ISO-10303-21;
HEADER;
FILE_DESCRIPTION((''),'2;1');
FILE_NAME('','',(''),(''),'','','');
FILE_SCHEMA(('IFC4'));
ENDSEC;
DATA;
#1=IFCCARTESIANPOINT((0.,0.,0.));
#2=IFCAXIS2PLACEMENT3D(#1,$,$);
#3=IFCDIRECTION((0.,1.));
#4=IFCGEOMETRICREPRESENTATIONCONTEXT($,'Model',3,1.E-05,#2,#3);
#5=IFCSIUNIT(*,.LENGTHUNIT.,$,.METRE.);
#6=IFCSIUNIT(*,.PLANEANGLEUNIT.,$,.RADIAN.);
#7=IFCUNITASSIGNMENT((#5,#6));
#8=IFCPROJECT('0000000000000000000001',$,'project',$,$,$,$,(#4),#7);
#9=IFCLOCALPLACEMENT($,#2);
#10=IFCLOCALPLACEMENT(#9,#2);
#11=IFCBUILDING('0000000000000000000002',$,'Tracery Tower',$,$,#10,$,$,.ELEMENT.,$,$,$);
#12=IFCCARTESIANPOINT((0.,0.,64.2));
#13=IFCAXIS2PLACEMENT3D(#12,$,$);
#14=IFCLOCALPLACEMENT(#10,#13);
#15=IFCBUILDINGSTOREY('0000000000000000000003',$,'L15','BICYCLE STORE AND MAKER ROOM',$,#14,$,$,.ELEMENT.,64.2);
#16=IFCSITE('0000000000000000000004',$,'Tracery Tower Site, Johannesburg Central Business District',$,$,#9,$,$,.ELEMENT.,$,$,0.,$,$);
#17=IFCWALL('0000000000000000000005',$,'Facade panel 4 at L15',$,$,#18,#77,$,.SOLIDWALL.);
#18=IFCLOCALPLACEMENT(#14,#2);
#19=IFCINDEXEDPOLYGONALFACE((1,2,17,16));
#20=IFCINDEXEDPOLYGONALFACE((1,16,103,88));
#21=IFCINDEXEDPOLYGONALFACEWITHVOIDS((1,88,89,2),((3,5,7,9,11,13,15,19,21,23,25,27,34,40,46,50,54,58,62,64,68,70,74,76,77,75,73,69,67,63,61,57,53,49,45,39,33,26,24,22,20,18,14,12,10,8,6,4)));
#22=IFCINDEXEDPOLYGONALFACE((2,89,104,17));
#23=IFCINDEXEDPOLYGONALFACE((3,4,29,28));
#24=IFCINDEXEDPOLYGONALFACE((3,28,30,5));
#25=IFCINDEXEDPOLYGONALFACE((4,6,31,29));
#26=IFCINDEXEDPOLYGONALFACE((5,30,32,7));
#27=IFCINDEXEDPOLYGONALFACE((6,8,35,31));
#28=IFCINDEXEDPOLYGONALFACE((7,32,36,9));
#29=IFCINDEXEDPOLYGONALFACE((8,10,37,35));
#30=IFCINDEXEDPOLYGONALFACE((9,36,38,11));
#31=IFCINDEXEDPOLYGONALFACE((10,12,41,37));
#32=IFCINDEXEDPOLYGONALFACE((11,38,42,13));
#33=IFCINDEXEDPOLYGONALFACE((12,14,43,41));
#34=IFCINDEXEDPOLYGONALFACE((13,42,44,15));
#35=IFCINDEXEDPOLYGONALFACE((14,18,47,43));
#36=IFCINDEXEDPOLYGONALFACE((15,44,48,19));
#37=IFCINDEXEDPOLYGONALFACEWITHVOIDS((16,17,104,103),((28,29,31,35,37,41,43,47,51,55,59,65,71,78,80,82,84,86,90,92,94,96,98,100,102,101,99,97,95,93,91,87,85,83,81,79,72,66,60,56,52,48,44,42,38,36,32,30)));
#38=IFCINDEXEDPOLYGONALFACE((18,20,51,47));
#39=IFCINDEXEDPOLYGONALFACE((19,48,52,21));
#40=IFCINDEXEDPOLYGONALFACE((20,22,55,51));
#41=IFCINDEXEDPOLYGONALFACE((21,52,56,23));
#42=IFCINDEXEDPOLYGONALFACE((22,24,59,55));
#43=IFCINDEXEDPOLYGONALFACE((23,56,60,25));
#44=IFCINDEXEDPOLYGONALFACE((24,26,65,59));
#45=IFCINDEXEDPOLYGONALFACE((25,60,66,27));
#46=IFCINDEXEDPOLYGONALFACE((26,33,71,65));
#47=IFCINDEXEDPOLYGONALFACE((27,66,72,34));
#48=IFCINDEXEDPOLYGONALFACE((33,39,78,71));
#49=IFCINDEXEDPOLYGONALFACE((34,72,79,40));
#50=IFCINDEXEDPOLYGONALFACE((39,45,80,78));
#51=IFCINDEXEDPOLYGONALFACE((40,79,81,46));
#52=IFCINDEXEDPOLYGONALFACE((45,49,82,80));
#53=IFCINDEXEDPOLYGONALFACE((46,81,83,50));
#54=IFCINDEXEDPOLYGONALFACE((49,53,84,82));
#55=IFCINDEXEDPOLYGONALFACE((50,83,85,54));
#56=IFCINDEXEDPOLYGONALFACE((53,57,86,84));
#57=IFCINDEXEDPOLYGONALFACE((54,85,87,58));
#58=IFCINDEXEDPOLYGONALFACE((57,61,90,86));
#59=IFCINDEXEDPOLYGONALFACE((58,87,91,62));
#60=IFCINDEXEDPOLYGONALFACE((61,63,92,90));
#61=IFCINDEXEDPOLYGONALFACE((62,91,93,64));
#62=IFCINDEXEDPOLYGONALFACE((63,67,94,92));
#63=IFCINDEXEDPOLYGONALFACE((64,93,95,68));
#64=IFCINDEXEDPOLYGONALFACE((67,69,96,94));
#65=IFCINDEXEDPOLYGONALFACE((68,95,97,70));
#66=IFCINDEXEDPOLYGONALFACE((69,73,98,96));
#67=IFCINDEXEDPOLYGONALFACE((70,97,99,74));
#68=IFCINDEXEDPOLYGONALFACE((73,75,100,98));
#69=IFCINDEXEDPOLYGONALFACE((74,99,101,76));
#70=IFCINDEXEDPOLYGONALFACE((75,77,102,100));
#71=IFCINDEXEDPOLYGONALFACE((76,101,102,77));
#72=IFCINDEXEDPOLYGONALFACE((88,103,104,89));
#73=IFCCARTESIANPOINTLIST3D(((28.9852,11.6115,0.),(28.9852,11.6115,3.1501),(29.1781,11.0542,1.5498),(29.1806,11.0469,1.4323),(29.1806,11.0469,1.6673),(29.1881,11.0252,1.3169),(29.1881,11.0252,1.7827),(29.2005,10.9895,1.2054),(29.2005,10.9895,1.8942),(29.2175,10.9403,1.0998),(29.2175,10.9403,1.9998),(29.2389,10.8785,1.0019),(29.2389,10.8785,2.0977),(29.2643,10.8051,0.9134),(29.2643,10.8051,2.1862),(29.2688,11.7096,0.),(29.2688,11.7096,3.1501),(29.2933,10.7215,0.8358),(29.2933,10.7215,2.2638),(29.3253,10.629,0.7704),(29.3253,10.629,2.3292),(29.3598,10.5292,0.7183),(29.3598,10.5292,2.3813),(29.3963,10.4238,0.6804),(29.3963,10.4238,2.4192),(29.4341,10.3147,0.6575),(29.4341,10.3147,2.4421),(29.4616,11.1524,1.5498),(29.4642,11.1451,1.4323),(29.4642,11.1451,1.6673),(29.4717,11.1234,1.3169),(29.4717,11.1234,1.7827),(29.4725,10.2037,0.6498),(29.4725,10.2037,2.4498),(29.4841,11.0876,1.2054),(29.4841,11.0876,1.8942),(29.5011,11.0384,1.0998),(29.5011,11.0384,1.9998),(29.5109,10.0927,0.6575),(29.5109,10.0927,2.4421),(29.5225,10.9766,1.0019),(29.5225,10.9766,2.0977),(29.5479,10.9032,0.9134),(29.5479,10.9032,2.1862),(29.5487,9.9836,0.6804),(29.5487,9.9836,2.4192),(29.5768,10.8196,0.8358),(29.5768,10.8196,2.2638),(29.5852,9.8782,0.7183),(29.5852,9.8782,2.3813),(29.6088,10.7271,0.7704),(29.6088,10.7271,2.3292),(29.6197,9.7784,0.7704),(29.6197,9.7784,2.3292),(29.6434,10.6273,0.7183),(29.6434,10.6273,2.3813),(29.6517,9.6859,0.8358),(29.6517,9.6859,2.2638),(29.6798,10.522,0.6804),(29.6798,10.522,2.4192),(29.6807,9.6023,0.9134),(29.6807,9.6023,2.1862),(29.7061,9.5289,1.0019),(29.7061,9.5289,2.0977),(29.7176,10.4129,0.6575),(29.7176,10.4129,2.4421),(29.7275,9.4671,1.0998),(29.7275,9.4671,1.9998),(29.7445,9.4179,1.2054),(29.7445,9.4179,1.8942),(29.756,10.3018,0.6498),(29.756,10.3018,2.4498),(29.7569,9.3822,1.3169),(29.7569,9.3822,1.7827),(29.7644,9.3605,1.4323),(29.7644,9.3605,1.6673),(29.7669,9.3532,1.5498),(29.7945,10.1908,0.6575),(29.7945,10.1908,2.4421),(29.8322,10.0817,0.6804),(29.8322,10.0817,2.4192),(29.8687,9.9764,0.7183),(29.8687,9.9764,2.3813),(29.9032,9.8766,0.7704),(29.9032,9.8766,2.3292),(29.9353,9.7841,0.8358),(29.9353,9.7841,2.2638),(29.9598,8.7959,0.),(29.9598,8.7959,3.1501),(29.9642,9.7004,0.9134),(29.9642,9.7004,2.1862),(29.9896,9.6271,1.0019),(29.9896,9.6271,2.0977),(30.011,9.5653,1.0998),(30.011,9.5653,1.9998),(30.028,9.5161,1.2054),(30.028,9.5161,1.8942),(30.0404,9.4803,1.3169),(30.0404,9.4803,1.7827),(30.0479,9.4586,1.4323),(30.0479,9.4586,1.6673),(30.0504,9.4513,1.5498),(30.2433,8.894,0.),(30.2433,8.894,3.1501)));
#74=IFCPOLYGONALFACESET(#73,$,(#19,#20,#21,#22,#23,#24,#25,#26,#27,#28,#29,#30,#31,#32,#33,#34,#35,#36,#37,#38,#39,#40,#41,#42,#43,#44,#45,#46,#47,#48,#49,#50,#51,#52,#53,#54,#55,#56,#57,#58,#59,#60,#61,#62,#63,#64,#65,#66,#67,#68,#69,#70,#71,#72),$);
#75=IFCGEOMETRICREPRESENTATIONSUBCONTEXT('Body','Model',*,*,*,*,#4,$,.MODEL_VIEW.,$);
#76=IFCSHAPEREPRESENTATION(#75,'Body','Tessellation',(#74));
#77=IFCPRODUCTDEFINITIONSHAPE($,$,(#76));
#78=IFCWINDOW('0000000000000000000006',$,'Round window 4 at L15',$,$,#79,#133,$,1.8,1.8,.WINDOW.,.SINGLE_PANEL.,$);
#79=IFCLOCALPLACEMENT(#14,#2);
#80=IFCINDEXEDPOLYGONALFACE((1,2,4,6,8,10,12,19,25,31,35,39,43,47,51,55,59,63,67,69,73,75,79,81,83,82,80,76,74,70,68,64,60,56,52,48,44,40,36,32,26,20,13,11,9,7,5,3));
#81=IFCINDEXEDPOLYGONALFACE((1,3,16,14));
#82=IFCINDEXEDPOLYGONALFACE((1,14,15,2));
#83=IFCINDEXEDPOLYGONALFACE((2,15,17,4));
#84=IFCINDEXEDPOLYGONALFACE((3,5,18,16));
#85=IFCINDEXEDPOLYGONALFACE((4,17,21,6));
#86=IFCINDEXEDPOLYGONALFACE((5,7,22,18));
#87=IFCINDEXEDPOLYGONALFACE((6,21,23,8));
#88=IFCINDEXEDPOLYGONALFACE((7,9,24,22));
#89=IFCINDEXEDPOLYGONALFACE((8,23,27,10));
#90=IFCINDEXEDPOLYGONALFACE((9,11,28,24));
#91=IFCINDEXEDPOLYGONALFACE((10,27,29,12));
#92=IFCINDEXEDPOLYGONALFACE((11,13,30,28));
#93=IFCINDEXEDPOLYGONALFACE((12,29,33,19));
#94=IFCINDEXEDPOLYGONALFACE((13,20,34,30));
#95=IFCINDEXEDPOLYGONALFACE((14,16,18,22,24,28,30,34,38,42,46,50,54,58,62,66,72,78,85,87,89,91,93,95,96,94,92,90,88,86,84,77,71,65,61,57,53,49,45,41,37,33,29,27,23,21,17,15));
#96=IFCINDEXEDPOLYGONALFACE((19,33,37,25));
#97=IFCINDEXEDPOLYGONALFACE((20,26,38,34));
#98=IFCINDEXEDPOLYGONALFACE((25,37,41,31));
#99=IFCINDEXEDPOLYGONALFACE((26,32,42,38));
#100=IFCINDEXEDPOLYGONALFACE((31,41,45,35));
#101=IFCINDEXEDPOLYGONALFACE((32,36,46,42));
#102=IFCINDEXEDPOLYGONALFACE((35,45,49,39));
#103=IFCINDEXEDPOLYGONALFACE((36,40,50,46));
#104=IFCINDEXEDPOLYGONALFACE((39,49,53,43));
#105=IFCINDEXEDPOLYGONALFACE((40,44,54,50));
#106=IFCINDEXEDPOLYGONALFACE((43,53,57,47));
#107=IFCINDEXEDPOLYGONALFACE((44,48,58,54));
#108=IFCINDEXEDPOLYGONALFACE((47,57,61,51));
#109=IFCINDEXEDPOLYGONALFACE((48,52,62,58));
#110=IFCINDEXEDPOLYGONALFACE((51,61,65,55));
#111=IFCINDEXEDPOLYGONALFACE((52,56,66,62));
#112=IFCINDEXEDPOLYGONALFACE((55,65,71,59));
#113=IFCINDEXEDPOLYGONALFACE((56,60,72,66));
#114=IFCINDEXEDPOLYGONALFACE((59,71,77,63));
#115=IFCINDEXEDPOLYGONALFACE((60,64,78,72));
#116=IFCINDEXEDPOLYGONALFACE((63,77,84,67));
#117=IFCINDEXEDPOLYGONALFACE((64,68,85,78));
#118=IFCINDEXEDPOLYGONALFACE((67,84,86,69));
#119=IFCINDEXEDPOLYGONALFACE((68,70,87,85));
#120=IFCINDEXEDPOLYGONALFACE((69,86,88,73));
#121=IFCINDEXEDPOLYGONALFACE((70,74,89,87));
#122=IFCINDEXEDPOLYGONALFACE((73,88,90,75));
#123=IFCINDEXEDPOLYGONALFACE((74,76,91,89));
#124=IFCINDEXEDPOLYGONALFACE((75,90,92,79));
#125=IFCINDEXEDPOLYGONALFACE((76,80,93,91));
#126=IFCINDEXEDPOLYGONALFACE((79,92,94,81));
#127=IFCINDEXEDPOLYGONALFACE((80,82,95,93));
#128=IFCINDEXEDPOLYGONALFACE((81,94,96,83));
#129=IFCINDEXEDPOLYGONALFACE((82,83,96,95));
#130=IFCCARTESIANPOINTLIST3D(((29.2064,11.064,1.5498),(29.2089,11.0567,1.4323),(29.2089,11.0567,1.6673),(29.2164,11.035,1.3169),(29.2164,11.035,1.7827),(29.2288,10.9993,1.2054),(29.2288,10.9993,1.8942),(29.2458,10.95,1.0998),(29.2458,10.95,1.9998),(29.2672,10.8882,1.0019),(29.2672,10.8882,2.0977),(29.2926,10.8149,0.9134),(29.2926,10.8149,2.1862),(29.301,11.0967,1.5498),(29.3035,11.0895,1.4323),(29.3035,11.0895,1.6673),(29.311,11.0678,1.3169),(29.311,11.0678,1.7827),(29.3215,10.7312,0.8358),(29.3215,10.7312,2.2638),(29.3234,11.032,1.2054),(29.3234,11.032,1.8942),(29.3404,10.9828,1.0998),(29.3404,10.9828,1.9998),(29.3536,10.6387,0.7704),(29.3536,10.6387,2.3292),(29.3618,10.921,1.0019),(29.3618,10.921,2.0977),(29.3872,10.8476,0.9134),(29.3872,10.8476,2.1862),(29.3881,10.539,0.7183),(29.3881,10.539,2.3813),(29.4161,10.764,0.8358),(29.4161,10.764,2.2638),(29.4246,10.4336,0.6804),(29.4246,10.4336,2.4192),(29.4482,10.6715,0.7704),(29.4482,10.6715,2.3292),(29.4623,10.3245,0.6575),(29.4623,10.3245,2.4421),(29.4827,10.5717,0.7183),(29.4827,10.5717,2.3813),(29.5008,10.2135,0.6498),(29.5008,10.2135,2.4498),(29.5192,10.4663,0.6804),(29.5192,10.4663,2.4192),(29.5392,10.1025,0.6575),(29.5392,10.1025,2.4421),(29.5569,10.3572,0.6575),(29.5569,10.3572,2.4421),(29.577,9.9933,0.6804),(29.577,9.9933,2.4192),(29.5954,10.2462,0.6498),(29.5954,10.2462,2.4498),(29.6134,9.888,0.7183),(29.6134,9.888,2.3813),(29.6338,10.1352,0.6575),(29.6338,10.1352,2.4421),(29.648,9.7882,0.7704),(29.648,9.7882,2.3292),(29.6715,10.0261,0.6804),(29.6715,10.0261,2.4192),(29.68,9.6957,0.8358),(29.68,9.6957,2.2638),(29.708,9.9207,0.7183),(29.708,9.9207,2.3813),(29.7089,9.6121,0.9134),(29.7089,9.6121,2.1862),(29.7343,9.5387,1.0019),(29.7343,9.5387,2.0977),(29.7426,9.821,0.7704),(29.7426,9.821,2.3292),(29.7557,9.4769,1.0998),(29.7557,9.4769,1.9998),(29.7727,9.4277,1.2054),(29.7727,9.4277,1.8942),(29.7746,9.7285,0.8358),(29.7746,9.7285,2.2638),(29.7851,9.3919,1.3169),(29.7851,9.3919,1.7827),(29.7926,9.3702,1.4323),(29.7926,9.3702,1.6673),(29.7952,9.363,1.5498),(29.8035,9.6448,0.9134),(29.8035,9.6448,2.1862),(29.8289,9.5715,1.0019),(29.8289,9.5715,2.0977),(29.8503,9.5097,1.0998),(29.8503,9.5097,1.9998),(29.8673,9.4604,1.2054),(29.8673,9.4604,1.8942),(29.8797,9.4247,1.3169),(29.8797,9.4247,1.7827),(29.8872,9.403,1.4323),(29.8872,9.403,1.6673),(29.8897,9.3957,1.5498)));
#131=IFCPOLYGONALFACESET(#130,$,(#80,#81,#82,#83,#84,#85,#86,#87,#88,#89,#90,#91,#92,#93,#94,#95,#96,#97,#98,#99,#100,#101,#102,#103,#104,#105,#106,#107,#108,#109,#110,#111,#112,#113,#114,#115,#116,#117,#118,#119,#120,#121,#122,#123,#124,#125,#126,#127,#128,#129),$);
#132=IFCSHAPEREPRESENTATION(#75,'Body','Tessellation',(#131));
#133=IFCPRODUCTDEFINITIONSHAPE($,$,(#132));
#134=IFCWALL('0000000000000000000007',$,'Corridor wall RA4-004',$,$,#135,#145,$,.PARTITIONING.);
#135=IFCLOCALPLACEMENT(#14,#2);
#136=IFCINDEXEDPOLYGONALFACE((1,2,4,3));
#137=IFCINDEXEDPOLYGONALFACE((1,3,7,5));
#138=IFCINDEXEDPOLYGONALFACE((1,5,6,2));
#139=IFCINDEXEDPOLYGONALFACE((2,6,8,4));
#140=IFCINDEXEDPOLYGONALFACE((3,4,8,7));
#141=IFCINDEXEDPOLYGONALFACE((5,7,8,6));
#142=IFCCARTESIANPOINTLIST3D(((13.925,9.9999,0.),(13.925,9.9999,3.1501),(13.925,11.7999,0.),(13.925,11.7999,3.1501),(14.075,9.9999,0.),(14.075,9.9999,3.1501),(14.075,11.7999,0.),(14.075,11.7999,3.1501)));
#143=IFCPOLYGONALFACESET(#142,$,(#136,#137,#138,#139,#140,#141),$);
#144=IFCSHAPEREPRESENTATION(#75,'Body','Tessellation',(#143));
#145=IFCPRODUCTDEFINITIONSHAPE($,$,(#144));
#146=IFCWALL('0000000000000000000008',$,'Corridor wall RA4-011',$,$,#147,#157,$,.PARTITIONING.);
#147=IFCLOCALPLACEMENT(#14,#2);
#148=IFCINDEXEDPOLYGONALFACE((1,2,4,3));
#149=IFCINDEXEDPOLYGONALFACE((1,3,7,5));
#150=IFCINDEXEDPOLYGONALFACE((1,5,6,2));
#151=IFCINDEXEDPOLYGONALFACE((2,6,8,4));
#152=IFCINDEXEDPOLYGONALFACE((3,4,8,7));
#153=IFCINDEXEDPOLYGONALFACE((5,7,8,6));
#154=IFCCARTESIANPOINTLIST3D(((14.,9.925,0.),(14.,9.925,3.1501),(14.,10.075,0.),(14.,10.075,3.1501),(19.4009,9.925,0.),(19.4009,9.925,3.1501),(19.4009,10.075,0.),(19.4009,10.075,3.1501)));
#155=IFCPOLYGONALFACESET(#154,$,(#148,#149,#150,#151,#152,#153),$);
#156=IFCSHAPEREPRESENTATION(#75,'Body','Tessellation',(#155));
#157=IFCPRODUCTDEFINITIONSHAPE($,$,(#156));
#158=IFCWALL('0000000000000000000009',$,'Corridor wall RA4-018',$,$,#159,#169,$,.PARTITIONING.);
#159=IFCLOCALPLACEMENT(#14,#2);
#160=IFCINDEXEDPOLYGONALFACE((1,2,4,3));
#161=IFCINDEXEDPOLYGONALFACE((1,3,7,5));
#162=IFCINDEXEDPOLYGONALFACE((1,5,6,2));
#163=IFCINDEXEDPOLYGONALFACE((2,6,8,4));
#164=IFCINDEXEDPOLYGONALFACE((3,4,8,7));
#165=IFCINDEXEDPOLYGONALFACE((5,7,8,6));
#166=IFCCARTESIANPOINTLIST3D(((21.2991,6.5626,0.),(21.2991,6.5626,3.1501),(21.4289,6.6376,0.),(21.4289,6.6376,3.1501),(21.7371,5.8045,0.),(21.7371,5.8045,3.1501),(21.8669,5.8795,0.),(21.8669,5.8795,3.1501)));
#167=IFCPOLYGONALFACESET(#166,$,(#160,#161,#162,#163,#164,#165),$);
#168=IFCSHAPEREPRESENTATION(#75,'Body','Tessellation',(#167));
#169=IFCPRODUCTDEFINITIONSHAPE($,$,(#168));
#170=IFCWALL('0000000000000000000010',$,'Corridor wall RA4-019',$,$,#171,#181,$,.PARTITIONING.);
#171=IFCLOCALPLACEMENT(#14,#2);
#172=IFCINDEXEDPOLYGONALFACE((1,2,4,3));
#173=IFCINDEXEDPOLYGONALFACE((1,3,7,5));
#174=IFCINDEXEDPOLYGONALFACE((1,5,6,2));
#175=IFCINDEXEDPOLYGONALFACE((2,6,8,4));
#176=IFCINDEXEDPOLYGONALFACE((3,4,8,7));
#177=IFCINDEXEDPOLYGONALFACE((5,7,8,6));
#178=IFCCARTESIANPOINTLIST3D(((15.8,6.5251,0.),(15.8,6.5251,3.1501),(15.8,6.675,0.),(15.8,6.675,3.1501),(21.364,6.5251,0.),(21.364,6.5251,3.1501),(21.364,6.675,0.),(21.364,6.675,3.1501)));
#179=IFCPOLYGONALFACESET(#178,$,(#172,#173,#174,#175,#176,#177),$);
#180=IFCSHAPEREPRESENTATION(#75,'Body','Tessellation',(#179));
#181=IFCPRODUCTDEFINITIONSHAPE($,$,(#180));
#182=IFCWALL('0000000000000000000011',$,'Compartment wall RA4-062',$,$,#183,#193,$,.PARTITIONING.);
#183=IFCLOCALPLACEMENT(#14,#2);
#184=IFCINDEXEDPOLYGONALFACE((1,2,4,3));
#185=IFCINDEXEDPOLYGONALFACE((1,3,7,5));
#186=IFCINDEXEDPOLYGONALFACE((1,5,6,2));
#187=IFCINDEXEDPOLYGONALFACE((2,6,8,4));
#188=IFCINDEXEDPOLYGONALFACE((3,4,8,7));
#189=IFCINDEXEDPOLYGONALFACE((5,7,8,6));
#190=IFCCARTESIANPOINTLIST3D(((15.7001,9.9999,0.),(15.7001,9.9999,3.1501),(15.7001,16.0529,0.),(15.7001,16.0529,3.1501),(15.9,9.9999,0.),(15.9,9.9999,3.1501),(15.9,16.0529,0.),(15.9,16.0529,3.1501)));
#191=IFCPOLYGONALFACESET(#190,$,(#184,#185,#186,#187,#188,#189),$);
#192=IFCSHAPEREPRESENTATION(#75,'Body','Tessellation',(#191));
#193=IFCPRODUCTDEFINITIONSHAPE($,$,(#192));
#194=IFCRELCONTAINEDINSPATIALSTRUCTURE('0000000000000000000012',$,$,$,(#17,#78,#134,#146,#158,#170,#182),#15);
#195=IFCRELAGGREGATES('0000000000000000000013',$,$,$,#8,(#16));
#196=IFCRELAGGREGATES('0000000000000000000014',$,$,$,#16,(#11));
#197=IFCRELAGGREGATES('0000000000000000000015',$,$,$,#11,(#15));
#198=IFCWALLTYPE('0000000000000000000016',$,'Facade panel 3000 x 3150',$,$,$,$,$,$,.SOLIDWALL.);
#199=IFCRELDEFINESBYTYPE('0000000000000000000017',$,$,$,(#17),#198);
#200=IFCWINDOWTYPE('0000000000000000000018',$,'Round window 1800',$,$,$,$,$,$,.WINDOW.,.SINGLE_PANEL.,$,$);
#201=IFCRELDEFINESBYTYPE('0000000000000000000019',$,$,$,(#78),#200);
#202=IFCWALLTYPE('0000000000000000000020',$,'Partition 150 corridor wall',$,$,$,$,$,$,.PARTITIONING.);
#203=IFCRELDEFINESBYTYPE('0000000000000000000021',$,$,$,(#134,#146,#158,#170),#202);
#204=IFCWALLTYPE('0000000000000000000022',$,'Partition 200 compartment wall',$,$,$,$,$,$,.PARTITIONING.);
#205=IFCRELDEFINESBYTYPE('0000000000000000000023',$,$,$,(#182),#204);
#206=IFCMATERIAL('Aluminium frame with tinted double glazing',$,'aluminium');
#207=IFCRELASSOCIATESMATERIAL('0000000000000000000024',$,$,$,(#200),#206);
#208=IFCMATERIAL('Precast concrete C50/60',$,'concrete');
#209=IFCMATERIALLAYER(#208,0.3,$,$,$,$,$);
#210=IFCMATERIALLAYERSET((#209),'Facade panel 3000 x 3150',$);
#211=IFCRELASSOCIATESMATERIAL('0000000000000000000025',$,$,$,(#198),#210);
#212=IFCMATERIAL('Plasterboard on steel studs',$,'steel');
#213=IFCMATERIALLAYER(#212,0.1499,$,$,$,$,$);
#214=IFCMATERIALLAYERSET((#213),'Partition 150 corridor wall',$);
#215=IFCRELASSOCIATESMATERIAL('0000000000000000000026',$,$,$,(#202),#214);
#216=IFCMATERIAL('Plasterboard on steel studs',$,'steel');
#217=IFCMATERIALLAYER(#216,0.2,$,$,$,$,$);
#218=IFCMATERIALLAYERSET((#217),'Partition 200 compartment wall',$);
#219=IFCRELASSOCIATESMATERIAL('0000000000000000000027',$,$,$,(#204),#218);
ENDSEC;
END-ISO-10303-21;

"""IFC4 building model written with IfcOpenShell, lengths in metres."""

from ifc_helpers import new_model, si_unit, direction, frame, frame_2d, origin, origin_2d, place, context, subcontext, project, spatial, rectangle, circle, extrude, material, layer, layer_set, type_object, element, fill, save


model = new_model("IFC4")

# Units and contexts
model_context = context("Model", 3, precision=1e-05, world=origin(), true_north=direction((0.0, 1.0)))
body_context = subcontext(model_context, "Body", "Model", "MODEL_VIEW")
ifc_project = project(units=[si_unit("LENGTHUNIT", "METRE"), si_unit("PLANEANGLEUNIT", "RADIAN")], contexts=[model_context])

# Site, building, storey
site_placement = place(None, origin())
site = spatial("IfcSite", under=ifc_project, at=site_placement, Name="Tracery Tower Site, Johannesburg Central Business District", CompositionType="ELEMENT", RefElevation=0.0)
building_placement = place(site_placement, origin())
building = spatial("IfcBuilding", under=site, at=building_placement, Name="Tracery Tower", CompositionType="ELEMENT")
storey_placement = place(building_placement, frame((0.0, 0.0, 64.2)))
storey = spatial("IfcBuildingStorey", under=building, at=storey_placement, Name="L15", Description="BICYCLE STORE AND MAKER ROOM", CompositionType="ELEMENT", Elevation=64.2)

# Wall, opening, window
ifc_material_1 = material(Name="Aluminium frame with tinted double glazing", Category="aluminium")
window_type = type_object("IfcWindowType", Name="Round window 1800", PartitioningType="SINGLE_PANEL", PredefinedType="WINDOW", material=ifc_material_1)
ifc_material_2 = material(Name="Precast concrete C50/60", Category="concrete")
ifc_layer_1 = layer(ifc_material_2, 0.3)
ifc_layer_set_1 = layer_set([ifc_layer_1], Name="Facade panel 3000 x 3150")
wall_type_1 = type_object("IfcWallType", Name="Facade panel 3000 x 3150", PredefinedType="SOLIDWALL", material=ifc_layer_set_1)
wall_1_placement = place(storey_placement, frame((30.1016, 8.845, 0.0), z_axis=(0.0, 0.0, 1.0), x_axis=(-0.327096, 0.944991, 0.0)))
wall_1 = element("IfcWall", 1, at=wall_1_placement, inside=storey, type_object=wall_type_1, Name="Facade panel 4 at L15", PredefinedType="SOLIDWALL", context=body_context, shape_type="SweptSolid", body=[
    extrude(rectangle(XDim=2.9795, YDim=0.3, at=frame_2d((1.4897, 0.0))), origin(), (0.0, 0.0, 1.0), 3.1501),
])
opening_1_placement = place(wall_1_placement, frame((1.4897, 0.0, 1.5498)))
opening_1 = element("IfcOpeningElement", 2, at=opening_1_placement, cuts=wall_1, PredefinedType="OPENING", context=body_context, shape_type="SweptSolid", body=[
    extrude(circle(Radius=0.9, at=origin_2d()), frame((0.0, 0.1599, 0.0), z_axis=(0.0, -1.0, 0.0), x_axis=(1.0, 0.0, 0.0)), (0.0, 0.0, 1.0), 0.3201),
])
window_1_placement = place(opening_1_placement, origin())
window_1 = element("IfcWindow", 3, at=window_1_placement, inside=storey, type_object=window_type, Name="Round window 4 at L15", OverallHeight=1.8, OverallWidth=1.8, PartitioningType="SINGLE_PANEL", PredefinedType="WINDOW", context=body_context, shape_type="SweptSolid", body=[
    extrude(circle(Radius=0.9, at=origin_2d()), frame((0.0, 0.1201, 0.0), z_axis=(0.0, -1.0, 0.0), x_axis=(1.0, 0.0, 0.0)), (0.0, 0.0, 1.0), 0.1001),
])
fill(opening_1, window_1)

# Walls
ifc_material_3 = material(Name="Plasterboard on steel studs", Category="steel")
ifc_layer_2 = layer(ifc_material_3, 0.1499)
ifc_layer_set_2 = layer_set([ifc_layer_2], Name="Partition 150 corridor wall")
wall_type_2 = type_object("IfcWallType", Name="Partition 150 corridor wall", PredefinedType="PARTITIONING", material=ifc_layer_set_2)
wall_2_placement = place(storey_placement, frame((14.0, 10.0, 0.0), z_axis=(0.0, 0.0, 1.0), x_axis=(0.0, 1.0, 0.0)))
element("IfcWall", 4, at=wall_2_placement, inside=storey, type_object=wall_type_2, Name="Corridor wall RA4-004", PredefinedType="PARTITIONING", context=body_context, shape_type="SweptSolid", body=[
    extrude(rectangle(XDim=1.8, YDim=0.1499, at=frame_2d((0.8999, 0.0))), origin(), (0.0, 0.0, 1.0), 3.1501),
])
wall_3_placement = place(storey_placement, frame((14.0, 10.0, 0.0), z_axis=(0.0, 0.0, 1.0), x_axis=(1.0, 0.0, 0.0)))
element("IfcWall", 5, at=wall_3_placement, inside=storey, type_object=wall_type_2, Name="Corridor wall RA4-011", PredefinedType="PARTITIONING", context=body_context, shape_type="SweptSolid", body=[
    extrude(rectangle(XDim=5.4009, YDim=0.1499, at=frame_2d((2.7004, 0.0))), origin(), (0.0, 0.0, 1.0), 3.1501),
])
wall_4_placement = place(storey_placement, frame((21.364, 6.6001, 0.0), z_axis=(0.0, 0.0, 1.0), x_axis=(0.500278, -0.865865, 0.0)))
element("IfcWall", 6, at=wall_4_placement, inside=storey, type_object=wall_type_2, Name="Corridor wall RA4-018", PredefinedType="PARTITIONING", context=body_context, shape_type="SweptSolid", body=[
    extrude(rectangle(XDim=0.8755, YDim=0.1499, at=frame_2d((0.4377, 0.0))), origin(), (0.0, 0.0, 1.0), 3.1501),
])
wall_5_placement = place(storey_placement, frame((15.8, 6.6001, 0.0), z_axis=(0.0, 0.0, 1.0), x_axis=(1.0, 0.0, 0.0)))
element("IfcWall", 7, at=wall_5_placement, inside=storey, type_object=wall_type_2, Name="Corridor wall RA4-019", PredefinedType="PARTITIONING", context=body_context, shape_type="SweptSolid", body=[
    extrude(rectangle(XDim=5.564, YDim=0.1499, at=frame_2d((2.782, 0.0))), origin(), (0.0, 0.0, 1.0), 3.1501),
])
ifc_material_4 = material(Name="Plasterboard on steel studs", Category="steel")
ifc_layer_3 = layer(ifc_material_4, 0.2)
ifc_layer_set_3 = layer_set([ifc_layer_3], Name="Partition 200 compartment wall")
wall_type_3 = type_object("IfcWallType", Name="Partition 200 compartment wall", PredefinedType="PARTITIONING", material=ifc_layer_set_3)
wall_6_placement = place(storey_placement, frame((15.8, 10.0, 0.0), z_axis=(0.0, 0.0, 1.0), x_axis=(0.0, 1.0, 0.0)))
element("IfcWall", 8, at=wall_6_placement, inside=storey, type_object=wall_type_3, Name="Compartment wall RA4-062", PredefinedType="PARTITIONING", context=body_context, shape_type="SweptSolid", body=[
    extrude(rectangle(XDim=6.053, YDim=0.2, at=frame_2d((3.0264, 0.0))), origin(), (0.0, 0.0, 1.0), 3.1501),
])

save(model, "model.ifc")
